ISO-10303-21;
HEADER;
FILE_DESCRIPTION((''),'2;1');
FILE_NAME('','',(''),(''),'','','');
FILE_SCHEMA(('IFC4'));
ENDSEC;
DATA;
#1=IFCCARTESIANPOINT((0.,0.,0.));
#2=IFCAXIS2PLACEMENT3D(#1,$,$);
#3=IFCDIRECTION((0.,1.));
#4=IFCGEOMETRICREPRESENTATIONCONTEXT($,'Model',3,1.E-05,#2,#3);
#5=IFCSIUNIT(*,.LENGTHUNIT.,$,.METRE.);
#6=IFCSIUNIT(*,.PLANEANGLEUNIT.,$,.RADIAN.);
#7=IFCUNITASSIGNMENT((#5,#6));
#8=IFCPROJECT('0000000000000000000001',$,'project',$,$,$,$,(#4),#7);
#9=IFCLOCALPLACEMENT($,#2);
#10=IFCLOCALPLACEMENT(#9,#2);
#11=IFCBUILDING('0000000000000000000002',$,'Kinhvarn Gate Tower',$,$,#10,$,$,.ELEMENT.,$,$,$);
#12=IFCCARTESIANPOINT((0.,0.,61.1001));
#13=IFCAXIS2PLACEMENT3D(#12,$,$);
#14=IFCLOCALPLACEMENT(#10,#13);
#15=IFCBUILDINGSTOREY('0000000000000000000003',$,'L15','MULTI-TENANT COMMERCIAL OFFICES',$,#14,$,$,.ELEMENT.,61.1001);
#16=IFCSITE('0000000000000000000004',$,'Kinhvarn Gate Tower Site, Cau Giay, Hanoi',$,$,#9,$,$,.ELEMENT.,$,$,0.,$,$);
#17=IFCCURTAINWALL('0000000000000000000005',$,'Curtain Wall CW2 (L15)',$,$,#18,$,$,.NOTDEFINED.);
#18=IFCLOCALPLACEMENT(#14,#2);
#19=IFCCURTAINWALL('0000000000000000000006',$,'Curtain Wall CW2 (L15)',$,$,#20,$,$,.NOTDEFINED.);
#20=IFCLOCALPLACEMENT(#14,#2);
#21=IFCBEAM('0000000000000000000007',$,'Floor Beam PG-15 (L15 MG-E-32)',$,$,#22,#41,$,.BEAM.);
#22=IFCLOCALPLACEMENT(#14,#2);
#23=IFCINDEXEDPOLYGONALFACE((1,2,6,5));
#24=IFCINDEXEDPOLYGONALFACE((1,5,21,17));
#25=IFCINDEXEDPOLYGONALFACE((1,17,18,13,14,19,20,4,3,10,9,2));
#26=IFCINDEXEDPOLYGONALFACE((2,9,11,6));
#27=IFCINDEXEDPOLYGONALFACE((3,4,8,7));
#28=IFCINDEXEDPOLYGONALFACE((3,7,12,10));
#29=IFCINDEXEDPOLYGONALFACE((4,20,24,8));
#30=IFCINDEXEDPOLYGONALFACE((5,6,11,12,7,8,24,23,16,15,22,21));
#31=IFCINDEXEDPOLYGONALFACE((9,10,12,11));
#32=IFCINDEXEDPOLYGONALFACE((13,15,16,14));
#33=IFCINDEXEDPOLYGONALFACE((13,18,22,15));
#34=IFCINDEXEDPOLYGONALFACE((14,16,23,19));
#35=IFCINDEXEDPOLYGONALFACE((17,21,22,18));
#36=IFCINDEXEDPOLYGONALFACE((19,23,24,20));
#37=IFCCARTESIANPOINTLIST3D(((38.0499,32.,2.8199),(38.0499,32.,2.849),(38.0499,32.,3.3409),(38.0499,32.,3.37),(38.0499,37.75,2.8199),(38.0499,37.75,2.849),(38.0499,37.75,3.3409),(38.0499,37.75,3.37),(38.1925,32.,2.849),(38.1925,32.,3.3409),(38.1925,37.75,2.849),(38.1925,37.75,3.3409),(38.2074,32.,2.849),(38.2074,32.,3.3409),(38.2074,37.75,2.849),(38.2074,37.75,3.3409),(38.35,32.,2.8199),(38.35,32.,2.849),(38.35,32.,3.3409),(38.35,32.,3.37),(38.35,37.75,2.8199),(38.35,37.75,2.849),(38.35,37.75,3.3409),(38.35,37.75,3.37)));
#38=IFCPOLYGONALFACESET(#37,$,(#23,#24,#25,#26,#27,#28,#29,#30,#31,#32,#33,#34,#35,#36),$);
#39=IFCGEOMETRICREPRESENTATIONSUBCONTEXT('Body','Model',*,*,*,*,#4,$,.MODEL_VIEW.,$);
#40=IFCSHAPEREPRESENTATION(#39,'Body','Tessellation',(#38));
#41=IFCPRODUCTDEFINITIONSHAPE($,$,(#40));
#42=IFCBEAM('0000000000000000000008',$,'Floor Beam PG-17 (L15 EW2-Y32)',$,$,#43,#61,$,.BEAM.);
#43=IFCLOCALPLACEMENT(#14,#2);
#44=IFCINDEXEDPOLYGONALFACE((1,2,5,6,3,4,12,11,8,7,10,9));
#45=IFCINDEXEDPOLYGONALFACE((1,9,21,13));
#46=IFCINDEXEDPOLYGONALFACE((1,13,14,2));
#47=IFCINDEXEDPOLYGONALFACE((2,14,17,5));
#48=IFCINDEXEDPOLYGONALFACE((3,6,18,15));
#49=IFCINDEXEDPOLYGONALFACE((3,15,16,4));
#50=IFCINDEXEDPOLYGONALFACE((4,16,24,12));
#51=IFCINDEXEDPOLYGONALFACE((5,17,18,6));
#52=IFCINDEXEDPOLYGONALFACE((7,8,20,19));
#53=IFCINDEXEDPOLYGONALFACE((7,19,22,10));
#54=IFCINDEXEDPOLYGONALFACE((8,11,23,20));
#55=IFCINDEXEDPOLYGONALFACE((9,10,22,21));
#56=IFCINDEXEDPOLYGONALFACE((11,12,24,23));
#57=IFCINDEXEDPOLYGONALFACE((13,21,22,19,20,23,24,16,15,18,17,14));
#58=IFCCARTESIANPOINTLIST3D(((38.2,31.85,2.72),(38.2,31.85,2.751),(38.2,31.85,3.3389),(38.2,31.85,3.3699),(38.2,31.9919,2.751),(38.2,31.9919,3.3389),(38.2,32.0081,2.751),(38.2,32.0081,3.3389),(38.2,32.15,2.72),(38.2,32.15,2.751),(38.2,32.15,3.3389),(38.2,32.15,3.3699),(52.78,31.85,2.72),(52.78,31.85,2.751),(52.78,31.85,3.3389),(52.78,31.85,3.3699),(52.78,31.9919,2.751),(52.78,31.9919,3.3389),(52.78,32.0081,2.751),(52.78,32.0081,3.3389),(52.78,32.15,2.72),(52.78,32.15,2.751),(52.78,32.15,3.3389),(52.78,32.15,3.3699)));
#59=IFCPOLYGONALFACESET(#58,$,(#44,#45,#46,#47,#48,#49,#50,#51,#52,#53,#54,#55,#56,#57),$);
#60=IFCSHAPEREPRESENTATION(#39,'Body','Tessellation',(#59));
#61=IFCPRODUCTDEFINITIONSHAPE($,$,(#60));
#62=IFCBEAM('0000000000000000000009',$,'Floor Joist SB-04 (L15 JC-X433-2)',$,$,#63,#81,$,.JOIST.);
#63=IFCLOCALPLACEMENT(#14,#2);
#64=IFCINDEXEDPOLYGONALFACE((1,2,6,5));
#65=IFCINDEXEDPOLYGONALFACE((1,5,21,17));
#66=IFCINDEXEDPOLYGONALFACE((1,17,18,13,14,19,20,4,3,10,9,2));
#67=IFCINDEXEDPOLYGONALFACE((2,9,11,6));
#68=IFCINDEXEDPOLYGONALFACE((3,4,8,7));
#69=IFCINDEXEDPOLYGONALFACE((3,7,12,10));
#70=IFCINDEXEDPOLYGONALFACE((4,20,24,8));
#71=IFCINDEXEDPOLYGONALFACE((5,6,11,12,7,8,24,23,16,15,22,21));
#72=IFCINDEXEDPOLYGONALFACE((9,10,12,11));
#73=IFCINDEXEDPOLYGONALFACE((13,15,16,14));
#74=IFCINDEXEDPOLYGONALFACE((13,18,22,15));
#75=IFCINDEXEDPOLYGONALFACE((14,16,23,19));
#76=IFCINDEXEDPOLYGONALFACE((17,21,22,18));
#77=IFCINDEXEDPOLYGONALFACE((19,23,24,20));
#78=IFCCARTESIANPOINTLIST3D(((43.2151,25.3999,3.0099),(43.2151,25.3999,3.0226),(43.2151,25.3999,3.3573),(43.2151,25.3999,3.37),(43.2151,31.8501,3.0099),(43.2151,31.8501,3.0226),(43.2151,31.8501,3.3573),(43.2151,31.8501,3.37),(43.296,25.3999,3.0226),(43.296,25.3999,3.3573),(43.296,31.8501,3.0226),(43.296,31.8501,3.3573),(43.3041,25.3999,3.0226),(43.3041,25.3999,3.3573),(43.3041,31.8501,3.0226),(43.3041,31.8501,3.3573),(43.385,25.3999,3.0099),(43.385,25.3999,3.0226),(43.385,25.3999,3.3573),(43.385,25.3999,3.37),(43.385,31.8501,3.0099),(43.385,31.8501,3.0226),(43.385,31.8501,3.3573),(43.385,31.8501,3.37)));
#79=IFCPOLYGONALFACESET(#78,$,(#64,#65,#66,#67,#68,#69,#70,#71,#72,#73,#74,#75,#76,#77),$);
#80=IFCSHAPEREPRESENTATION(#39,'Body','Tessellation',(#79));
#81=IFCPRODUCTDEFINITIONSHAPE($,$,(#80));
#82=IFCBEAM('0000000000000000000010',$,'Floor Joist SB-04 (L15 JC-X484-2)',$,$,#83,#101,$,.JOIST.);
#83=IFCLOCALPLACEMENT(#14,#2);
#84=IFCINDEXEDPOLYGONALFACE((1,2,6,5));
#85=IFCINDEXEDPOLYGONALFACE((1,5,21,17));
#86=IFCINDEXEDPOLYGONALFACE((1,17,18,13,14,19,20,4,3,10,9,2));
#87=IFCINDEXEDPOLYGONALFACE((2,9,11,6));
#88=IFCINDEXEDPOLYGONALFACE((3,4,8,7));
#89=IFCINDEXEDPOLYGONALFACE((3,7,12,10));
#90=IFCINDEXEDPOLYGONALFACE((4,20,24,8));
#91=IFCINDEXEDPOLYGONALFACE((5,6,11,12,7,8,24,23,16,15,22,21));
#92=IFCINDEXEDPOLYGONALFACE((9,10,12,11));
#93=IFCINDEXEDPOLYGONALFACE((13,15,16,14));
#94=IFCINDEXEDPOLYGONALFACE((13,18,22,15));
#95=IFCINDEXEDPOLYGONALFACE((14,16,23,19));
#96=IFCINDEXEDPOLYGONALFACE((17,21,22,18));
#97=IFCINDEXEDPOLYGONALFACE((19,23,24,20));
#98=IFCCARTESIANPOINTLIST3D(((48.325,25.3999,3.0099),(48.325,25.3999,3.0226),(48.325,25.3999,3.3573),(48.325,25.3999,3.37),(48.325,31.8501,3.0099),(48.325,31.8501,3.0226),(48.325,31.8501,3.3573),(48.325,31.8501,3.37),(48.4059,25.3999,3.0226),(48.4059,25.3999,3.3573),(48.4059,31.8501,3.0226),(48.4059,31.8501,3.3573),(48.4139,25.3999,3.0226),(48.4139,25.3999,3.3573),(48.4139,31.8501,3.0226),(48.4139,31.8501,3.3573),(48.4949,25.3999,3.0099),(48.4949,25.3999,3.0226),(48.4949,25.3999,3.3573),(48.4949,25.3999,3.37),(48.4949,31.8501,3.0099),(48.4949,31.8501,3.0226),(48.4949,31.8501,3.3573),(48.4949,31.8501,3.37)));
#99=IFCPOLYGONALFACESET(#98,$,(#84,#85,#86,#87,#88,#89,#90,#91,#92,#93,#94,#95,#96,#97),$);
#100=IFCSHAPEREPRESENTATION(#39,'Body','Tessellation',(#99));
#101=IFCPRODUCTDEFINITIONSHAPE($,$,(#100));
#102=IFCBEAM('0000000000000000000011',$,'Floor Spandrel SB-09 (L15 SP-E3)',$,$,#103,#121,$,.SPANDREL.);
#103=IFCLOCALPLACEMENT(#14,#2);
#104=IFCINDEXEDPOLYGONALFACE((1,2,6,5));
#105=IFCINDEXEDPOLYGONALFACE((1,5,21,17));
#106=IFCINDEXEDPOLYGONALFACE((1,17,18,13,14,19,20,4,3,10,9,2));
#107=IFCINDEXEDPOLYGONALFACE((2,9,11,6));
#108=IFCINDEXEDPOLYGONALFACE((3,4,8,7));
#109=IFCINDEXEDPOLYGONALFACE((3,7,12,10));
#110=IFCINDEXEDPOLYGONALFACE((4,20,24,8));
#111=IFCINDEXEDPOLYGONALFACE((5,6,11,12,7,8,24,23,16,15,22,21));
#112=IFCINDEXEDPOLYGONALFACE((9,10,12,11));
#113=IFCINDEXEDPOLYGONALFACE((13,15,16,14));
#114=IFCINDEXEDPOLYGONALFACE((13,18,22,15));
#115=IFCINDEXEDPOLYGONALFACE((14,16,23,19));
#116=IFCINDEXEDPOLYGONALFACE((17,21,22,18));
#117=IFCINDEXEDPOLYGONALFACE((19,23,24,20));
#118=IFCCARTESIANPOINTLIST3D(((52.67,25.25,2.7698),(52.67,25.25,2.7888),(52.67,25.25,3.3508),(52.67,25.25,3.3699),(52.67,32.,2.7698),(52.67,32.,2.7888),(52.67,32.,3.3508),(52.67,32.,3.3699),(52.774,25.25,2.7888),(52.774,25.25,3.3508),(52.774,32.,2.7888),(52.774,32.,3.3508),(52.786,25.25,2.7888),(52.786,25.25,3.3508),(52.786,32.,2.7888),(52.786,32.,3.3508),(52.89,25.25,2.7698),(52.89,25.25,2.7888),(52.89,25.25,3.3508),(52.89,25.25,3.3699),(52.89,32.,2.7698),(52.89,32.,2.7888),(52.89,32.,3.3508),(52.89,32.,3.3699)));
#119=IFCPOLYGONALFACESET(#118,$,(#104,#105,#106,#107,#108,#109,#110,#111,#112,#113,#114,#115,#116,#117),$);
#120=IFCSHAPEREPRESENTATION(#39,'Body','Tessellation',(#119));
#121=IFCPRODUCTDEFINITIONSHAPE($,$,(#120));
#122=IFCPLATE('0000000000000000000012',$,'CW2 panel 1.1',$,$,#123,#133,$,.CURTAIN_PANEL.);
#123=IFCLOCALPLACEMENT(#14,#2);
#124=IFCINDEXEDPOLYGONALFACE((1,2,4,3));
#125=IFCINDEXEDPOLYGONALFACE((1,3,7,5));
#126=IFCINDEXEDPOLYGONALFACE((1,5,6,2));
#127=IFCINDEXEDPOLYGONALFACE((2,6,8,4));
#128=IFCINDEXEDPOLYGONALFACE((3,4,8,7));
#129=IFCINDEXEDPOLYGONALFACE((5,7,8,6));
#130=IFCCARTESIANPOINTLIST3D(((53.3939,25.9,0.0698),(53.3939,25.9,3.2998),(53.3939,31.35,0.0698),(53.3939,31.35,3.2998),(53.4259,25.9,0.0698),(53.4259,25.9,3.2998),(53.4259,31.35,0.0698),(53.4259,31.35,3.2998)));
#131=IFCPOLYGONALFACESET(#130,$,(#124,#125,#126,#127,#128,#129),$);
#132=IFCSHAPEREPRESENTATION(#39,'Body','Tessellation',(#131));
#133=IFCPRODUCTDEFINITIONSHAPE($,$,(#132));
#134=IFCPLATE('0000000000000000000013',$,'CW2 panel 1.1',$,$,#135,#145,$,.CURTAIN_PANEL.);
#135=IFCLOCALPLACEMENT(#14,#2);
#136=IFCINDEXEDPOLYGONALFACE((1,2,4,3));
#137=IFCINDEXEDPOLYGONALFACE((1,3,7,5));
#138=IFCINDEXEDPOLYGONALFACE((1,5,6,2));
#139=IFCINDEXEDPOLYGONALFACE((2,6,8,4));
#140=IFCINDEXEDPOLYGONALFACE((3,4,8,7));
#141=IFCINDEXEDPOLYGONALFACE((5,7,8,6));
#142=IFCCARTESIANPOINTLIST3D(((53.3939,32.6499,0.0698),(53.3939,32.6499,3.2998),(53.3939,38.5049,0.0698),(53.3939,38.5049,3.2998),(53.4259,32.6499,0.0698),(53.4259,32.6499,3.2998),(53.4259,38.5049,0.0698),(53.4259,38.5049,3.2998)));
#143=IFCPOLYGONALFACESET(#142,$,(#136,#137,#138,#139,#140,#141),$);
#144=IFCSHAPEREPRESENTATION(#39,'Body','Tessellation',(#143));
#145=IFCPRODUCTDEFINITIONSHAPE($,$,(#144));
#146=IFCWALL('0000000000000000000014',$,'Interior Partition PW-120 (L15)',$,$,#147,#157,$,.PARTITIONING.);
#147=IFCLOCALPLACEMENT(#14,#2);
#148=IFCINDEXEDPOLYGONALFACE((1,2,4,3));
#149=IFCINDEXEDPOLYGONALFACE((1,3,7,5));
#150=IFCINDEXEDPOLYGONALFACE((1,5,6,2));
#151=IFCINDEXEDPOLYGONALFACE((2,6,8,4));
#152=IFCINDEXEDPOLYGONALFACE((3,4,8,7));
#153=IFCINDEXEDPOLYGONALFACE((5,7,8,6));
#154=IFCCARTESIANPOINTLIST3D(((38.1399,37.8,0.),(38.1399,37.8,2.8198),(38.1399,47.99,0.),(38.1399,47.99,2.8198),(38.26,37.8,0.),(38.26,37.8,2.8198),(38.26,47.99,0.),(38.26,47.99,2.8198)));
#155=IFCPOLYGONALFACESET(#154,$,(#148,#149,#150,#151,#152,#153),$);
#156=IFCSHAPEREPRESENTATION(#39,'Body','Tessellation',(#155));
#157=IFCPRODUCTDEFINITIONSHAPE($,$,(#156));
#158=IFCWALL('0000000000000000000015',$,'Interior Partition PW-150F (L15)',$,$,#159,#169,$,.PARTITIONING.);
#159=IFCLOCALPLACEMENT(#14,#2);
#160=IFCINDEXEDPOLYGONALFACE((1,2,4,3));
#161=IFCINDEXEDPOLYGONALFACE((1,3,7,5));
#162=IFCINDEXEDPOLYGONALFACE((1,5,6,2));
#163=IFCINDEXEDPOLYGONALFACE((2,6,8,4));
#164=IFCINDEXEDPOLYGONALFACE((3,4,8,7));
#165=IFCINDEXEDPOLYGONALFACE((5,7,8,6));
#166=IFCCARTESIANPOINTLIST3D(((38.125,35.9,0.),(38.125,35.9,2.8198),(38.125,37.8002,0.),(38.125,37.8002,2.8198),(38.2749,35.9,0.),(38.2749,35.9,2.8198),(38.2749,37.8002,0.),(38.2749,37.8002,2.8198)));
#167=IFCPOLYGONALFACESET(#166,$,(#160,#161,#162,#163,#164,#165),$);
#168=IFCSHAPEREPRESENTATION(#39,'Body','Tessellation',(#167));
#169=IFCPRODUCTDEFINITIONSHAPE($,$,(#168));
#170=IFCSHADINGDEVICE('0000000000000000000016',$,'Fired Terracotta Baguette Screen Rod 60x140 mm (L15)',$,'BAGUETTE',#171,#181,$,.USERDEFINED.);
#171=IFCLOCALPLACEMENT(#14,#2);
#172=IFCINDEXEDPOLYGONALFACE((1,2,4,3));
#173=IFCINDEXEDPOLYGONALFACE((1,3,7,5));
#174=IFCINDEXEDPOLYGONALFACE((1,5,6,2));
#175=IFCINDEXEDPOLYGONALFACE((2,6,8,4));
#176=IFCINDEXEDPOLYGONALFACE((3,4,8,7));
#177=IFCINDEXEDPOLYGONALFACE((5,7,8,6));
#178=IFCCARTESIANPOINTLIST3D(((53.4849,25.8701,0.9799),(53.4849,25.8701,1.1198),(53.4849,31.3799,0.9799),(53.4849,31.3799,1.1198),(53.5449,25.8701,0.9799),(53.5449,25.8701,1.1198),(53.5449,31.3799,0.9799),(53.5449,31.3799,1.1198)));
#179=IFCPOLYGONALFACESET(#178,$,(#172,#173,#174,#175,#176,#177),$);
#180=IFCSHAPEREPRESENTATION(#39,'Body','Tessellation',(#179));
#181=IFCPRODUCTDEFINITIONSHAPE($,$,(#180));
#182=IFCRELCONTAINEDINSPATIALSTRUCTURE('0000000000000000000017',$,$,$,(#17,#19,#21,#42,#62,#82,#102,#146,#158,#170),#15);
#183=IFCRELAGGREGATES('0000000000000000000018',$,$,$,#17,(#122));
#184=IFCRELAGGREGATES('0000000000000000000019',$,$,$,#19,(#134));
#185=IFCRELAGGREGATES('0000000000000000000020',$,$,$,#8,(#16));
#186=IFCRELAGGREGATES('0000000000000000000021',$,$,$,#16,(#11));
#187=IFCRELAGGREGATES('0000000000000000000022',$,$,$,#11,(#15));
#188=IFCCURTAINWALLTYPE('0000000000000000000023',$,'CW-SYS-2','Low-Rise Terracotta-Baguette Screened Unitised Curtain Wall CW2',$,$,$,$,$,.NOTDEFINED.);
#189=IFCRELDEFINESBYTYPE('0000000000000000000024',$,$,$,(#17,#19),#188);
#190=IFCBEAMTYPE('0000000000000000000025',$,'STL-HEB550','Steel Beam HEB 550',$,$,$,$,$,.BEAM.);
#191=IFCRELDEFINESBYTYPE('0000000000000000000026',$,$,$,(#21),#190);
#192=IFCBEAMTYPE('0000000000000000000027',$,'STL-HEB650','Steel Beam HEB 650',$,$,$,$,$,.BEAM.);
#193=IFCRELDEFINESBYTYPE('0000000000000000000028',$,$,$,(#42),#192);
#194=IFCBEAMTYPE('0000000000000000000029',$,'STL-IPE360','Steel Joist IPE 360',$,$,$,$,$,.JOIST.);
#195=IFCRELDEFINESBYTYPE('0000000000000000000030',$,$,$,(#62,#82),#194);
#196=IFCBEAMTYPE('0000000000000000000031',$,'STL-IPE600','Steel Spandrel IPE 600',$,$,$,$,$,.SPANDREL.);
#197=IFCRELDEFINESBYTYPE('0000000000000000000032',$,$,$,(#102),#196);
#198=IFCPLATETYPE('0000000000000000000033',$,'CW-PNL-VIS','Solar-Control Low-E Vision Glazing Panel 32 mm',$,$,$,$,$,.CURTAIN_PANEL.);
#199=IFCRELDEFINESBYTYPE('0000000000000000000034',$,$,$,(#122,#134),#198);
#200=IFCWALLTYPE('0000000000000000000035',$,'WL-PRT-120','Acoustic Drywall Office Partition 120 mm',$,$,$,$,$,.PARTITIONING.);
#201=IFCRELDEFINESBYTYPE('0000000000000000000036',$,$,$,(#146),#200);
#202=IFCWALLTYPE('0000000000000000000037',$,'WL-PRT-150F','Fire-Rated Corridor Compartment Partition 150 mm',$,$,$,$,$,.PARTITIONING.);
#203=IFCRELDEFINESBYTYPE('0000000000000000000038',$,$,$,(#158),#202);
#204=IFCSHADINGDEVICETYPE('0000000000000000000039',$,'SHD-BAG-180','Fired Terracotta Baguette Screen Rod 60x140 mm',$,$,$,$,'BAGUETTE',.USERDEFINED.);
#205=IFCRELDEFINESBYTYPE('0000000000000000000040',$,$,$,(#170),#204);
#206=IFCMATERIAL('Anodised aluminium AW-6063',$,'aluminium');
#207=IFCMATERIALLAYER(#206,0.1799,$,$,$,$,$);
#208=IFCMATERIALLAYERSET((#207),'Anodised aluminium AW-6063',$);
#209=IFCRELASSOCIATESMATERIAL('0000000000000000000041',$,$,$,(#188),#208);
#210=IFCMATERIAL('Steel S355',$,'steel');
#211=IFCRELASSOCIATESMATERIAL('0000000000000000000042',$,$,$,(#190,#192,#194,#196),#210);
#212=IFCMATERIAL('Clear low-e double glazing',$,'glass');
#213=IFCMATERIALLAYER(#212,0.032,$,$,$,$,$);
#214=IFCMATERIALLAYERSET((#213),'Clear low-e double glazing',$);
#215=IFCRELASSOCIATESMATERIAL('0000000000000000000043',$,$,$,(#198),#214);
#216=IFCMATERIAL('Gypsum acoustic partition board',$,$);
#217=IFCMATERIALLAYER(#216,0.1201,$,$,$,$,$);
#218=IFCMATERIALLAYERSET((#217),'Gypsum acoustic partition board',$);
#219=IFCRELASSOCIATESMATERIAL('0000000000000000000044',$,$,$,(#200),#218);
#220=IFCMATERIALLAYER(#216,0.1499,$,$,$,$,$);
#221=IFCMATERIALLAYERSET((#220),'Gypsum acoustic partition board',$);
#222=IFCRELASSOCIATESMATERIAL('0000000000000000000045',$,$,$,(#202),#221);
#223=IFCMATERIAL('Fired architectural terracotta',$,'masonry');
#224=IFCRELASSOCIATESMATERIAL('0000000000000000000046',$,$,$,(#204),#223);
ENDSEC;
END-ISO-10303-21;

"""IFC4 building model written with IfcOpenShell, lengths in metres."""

from ifc_helpers import new_model, si_unit, direction, frame, frame_2d, origin, origin_2d, place, context, subcontext, project, spatial, rectangle, i_section, extrude, material, layer, layer_set, material_profile, profile_set, type_object, element, aggregate, save


model = new_model("IFC4")

# Units and contexts
model_context = context("Model", 3, precision=1e-05, world=origin(), true_north=direction((0.0, 1.0)))
body_context = subcontext(model_context, "Body", "Model", "MODEL_VIEW")
ifc_project = project(units=[si_unit("LENGTHUNIT", "METRE"), si_unit("PLANEANGLEUNIT", "RADIAN")], contexts=[model_context])

# Site, building, storey
site_placement = place(None, origin())
site = spatial("IfcSite", under=ifc_project, at=site_placement, Name="Kinhvarn Gate Tower Site, Cau Giay, Hanoi", CompositionType="ELEMENT", RefElevation=0.0)
building_placement = place(site_placement, origin())
building = spatial("IfcBuilding", under=site, at=building_placement, Name="Kinhvarn Gate Tower", CompositionType="ELEMENT")
storey_placement = place(building_placement, frame((0.0, 0.0, 61.1001)))
storey = spatial("IfcBuildingStorey", under=building, at=storey_placement, Name="L15", Description="MULTI-TENANT COMMERCIAL OFFICES", CompositionType="ELEMENT", Elevation=61.1001)

# Shared definitions
ifc_material_1 = material(Name="Anodised aluminium AW-6063", Category="aluminium")
ifc_layer_1 = layer(ifc_material_1, 0.1799)
ifc_layer_set_1 = layer_set([ifc_layer_1], Name="Anodised aluminium AW-6063")
curtain_wall_type = type_object("IfcCurtainWallType", Name="CW-SYS-2", Description="Low-Rise Terracotta-Baguette Screened Unitised Curtain Wall CW2", PredefinedType="NOTDEFINED", material=ifc_layer_set_1)

# Curtain walls
curtain_wall_1_placement = place(storey_placement, origin())
curtain_wall_1 = element("IfcCurtainWall", 1, at=curtain_wall_1_placement, inside=storey, type_object=curtain_wall_type, Name="Curtain Wall CW2 (L15)", PredefinedType="NOTDEFINED")
curtain_wall_2_placement = place(storey_placement, origin())
curtain_wall_2 = element("IfcCurtainWall", 2, at=curtain_wall_2_placement, inside=storey, type_object=curtain_wall_type, Name="Curtain Wall CW2 (L15)", PredefinedType="NOTDEFINED")

# Beams
ifc_material_2 = material(Name="Steel S355", Category="steel")
ifc_material_profile_1 = material_profile(ifc_material_2, i_section(OverallWidth=0.3, OverallDepth=0.55, WebThickness=0.0149, FlangeThickness=0.0291, at=origin_2d()), Name="HEB 550")
ifc_profile_set_1 = profile_set([ifc_material_profile_1], Name="Steel S355")
beam_type_1 = type_object("IfcBeamType", Name="STL-HEB550", Description="Steel Beam HEB 550", PredefinedType="BEAM", material=ifc_profile_set_1)
beam_1_placement = place(storey_placement, frame((38.2, 32.0, 3.095), z_axis=(0.0, 1.0, 0.0), x_axis=(-1.0, 0.0, 0.0)))
element("IfcBeam", 3, at=beam_1_placement, inside=storey, type_object=beam_type_1, Name="Floor Beam PG-15 (L15 MG-E-32)", PredefinedType="BEAM", context=body_context, shape_type="SweptSolid", body=[
    extrude(i_section(OverallWidth=0.3, OverallDepth=0.55, WebThickness=0.0149, FlangeThickness=0.0291, at=origin_2d()), origin(), (0.0, 0.0, 1.0), 5.75),
])
ifc_material_profile_2 = material_profile(ifc_material_2, i_section(OverallWidth=0.3, OverallDepth=0.6499, WebThickness=0.0161, FlangeThickness=0.031, at=origin_2d()), Name="HEB 650")
ifc_profile_set_2 = profile_set([ifc_material_profile_2], Name="Steel S355")
beam_type_2 = type_object("IfcBeamType", Name="STL-HEB650", Description="Steel Beam HEB 650", PredefinedType="BEAM", material=ifc_profile_set_2)
beam_2_placement = place(storey_placement, frame((38.2, 32.0, 3.0449), z_axis=(1.0, 0.0, 0.0), x_axis=(0.0, 1.0, 0.0)))
element("IfcBeam", 4, at=beam_2_placement, inside=storey, type_object=beam_type_2, Name="Floor Beam PG-17 (L15 EW2-Y32)", PredefinedType="BEAM", context=body_context, shape_type="SweptSolid", body=[
    extrude(i_section(OverallWidth=0.3, OverallDepth=0.6499, WebThickness=0.0161, FlangeThickness=0.031, at=origin_2d()), origin(), (0.0, 0.0, 1.0), 14.5801),
])
ifc_material_profile_3 = material_profile(ifc_material_2, i_section(OverallWidth=0.1699, OverallDepth=0.3601, WebThickness=0.0081, FlangeThickness=0.0127, at=origin_2d()), Name="IPE 360")
ifc_profile_set_3 = profile_set([ifc_material_profile_3], Name="Steel S355")
beam_type_3 = type_object("IfcBeamType", Name="STL-IPE360", Description="Steel Joist IPE 360", PredefinedType="JOIST", material=ifc_profile_set_3)
for number, where, z_axis, x_axis, name in (
    (5, (43.3, 25.3999, 3.1899), (0.0, 1.0, 0.0), (-1.0, 0.0, 0.0), "Floor Joist SB-04 (L15 JC-X433-2)"),
    (6, (48.4099, 25.3999, 3.1899), (0.0, 1.0, 0.0), (-1.0, 0.0, 0.0), "Floor Joist SB-04 (L15 JC-X484-2)"),
):
    element("IfcBeam", number, at=place(storey_placement, frame(where, z_axis=z_axis, x_axis=x_axis)), inside=storey, type_object=beam_type_3, Name=name, PredefinedType="JOIST", context=body_context, shape_type="SweptSolid", body=[
        extrude(i_section(OverallWidth=0.1699, OverallDepth=0.3601, WebThickness=0.0081, FlangeThickness=0.0127, at=origin_2d()), origin(), (0.0, 0.0, 1.0), 6.4502),
    ])
ifc_material_profile_4 = material_profile(ifc_material_2, i_section(OverallWidth=0.22, OverallDepth=0.6001, WebThickness=0.012, FlangeThickness=0.019, at=origin_2d()), Name="IPE 600")
ifc_profile_set_4 = profile_set([ifc_material_profile_4], Name="Steel S355")
beam_type_4 = type_object("IfcBeamType", Name="STL-IPE600", Description="Steel Spandrel IPE 600", PredefinedType="SPANDREL", material=ifc_profile_set_4)
beam_3_placement = place(storey_placement, frame((52.78, 25.25, 3.0698), z_axis=(0.0, 1.0, 0.0), x_axis=(-1.0, 0.0, 0.0)))
element("IfcBeam", 7, at=beam_3_placement, inside=storey, type_object=beam_type_4, Name="Floor Spandrel SB-09 (L15 SP-E3)", PredefinedType="SPANDREL", context=body_context, shape_type="SweptSolid", body=[
    extrude(i_section(OverallWidth=0.22, OverallDepth=0.6001, WebThickness=0.012, FlangeThickness=0.019, at=origin_2d()), origin(), (0.0, 0.0, 1.0), 6.75),
])

# Plates
ifc_material_3 = material(Name="Clear low-e double glazing", Category="glass")
ifc_layer_2 = layer(ifc_material_3, 0.032)
ifc_layer_set_2 = layer_set([ifc_layer_2], Name="Clear low-e double glazing")
plate_type = type_object("IfcPlateType", Name="CW-PNL-VIS", Description="Solar-Control Low-E Vision Glazing Panel 32 mm", PredefinedType="CURTAIN_PANEL", material=ifc_layer_set_2)
plate_1_placement = place(storey_placement, frame((53.4099, 28.625, 0.0698), z_axis=(0.0, 0.0, 1.0), x_axis=(0.0, 1.0, 0.0)))
plate_1 = element("IfcPlate", 8, at=plate_1_placement, type_object=plate_type, Name="CW2 panel 1.1", PredefinedType="CURTAIN_PANEL", context=body_context, shape_type="SweptSolid", body=[
    extrude(rectangle(XDim=5.45, YDim=0.032, at=origin_2d()), origin(), (0.0, 0.0, 1.0), 3.23),
])
aggregate(curtain_wall_1, [plate_1])
plate_2_placement = place(storey_placement, frame((53.4099, 35.5774, 0.0698), z_axis=(0.0, 0.0, 1.0), x_axis=(0.0, 1.0, 0.0)))
plate_2 = element("IfcPlate", 9, at=plate_2_placement, type_object=plate_type, Name="CW2 panel 1.1", PredefinedType="CURTAIN_PANEL", context=body_context, shape_type="SweptSolid", body=[
    extrude(rectangle(XDim=5.855, YDim=0.032, at=origin_2d()), origin(), (0.0, 0.0, 1.0), 3.23),
])
aggregate(curtain_wall_2, [plate_2])

# Walls
ifc_material_4 = material(Name="Gypsum acoustic partition board")
ifc_layer_3 = layer(ifc_material_4, 0.1201)
ifc_layer_set_3 = layer_set([ifc_layer_3], Name="Gypsum acoustic partition board")
wall_type_1 = type_object("IfcWallType", Name="WL-PRT-120", Description="Acoustic Drywall Office Partition 120 mm", PredefinedType="PARTITIONING", material=ifc_layer_set_3)
wall_1_placement = place(storey_placement, frame((38.2, 37.8, 0.0), z_axis=(0.0, 0.0, 1.0), x_axis=(0.0, 1.0, 0.0)))
element("IfcWall", 10, at=wall_1_placement, inside=storey, type_object=wall_type_1, Name="Interior Partition PW-120 (L15)", PredefinedType="PARTITIONING", context=body_context, shape_type="SweptSolid", body=[
    extrude(rectangle(XDim=10.1899, YDim=0.1201, at=frame_2d((5.095, 0.0))), origin(), (0.0, 0.0, 1.0), 2.8198),
])
ifc_layer_4 = layer(ifc_material_4, 0.1499)
ifc_layer_set_4 = layer_set([ifc_layer_4], Name="Gypsum acoustic partition board")
wall_type_2 = type_object("IfcWallType", Name="WL-PRT-150F", Description="Fire-Rated Corridor Compartment Partition 150 mm", PredefinedType="PARTITIONING", material=ifc_layer_set_4)
wall_2_placement = place(storey_placement, frame((38.2, 35.8999, 0.0), z_axis=(0.0, 0.0, 1.0), x_axis=(0.0, 1.0, 0.0)))
element("IfcWall", 11, at=wall_2_placement, inside=storey, type_object=wall_type_2, Name="Interior Partition PW-150F (L15)", PredefinedType="PARTITIONING", context=body_context, shape_type="SweptSolid", body=[
    extrude(rectangle(XDim=1.9001, YDim=0.1499, at=frame_2d((0.9502, 0.0))), origin(), (0.0, 0.0, 1.0), 2.8198),
])

# Shading device
ifc_material_5 = material(Name="Fired architectural terracotta", Category="masonry")
ifc_material_profile_5 = material_profile(ifc_material_5, rectangle(XDim=0.0601, YDim=0.1399, at=origin_2d()), Name="TC 60x140")
ifc_profile_set_5 = profile_set([ifc_material_profile_5], Name="Fired architectural terracotta")
shading_device_type = type_object("IfcShadingDeviceType", Name="SHD-BAG-180", Description="Fired Terracotta Baguette Screen Rod 60x140 mm", ElementType="BAGUETTE", PredefinedType="USERDEFINED", material=ifc_profile_set_5)
for number, where, z_axis, x_axis, name in (
    (12, (53.5149, 25.8701, 1.0498), (0.0, 1.0, 0.0), (-1.0, 0.0, 0.0), "Fired Terracotta Baguette Screen Rod 60x140 mm (L15)"),
):
    element("IfcShadingDevice", number, at=place(storey_placement, frame(where, z_axis=z_axis, x_axis=x_axis)), inside=storey, type_object=shading_device_type, Name=name, ObjectType="BAGUETTE", PredefinedType="USERDEFINED", context=body_context, shape_type="SweptSolid", body=[
        extrude(rectangle(XDim=0.0601, YDim=0.1399, at=origin_2d()), origin(), (0.0, 0.0, 1.0), 5.5098),
    ])

save(model, "model.ifc")
